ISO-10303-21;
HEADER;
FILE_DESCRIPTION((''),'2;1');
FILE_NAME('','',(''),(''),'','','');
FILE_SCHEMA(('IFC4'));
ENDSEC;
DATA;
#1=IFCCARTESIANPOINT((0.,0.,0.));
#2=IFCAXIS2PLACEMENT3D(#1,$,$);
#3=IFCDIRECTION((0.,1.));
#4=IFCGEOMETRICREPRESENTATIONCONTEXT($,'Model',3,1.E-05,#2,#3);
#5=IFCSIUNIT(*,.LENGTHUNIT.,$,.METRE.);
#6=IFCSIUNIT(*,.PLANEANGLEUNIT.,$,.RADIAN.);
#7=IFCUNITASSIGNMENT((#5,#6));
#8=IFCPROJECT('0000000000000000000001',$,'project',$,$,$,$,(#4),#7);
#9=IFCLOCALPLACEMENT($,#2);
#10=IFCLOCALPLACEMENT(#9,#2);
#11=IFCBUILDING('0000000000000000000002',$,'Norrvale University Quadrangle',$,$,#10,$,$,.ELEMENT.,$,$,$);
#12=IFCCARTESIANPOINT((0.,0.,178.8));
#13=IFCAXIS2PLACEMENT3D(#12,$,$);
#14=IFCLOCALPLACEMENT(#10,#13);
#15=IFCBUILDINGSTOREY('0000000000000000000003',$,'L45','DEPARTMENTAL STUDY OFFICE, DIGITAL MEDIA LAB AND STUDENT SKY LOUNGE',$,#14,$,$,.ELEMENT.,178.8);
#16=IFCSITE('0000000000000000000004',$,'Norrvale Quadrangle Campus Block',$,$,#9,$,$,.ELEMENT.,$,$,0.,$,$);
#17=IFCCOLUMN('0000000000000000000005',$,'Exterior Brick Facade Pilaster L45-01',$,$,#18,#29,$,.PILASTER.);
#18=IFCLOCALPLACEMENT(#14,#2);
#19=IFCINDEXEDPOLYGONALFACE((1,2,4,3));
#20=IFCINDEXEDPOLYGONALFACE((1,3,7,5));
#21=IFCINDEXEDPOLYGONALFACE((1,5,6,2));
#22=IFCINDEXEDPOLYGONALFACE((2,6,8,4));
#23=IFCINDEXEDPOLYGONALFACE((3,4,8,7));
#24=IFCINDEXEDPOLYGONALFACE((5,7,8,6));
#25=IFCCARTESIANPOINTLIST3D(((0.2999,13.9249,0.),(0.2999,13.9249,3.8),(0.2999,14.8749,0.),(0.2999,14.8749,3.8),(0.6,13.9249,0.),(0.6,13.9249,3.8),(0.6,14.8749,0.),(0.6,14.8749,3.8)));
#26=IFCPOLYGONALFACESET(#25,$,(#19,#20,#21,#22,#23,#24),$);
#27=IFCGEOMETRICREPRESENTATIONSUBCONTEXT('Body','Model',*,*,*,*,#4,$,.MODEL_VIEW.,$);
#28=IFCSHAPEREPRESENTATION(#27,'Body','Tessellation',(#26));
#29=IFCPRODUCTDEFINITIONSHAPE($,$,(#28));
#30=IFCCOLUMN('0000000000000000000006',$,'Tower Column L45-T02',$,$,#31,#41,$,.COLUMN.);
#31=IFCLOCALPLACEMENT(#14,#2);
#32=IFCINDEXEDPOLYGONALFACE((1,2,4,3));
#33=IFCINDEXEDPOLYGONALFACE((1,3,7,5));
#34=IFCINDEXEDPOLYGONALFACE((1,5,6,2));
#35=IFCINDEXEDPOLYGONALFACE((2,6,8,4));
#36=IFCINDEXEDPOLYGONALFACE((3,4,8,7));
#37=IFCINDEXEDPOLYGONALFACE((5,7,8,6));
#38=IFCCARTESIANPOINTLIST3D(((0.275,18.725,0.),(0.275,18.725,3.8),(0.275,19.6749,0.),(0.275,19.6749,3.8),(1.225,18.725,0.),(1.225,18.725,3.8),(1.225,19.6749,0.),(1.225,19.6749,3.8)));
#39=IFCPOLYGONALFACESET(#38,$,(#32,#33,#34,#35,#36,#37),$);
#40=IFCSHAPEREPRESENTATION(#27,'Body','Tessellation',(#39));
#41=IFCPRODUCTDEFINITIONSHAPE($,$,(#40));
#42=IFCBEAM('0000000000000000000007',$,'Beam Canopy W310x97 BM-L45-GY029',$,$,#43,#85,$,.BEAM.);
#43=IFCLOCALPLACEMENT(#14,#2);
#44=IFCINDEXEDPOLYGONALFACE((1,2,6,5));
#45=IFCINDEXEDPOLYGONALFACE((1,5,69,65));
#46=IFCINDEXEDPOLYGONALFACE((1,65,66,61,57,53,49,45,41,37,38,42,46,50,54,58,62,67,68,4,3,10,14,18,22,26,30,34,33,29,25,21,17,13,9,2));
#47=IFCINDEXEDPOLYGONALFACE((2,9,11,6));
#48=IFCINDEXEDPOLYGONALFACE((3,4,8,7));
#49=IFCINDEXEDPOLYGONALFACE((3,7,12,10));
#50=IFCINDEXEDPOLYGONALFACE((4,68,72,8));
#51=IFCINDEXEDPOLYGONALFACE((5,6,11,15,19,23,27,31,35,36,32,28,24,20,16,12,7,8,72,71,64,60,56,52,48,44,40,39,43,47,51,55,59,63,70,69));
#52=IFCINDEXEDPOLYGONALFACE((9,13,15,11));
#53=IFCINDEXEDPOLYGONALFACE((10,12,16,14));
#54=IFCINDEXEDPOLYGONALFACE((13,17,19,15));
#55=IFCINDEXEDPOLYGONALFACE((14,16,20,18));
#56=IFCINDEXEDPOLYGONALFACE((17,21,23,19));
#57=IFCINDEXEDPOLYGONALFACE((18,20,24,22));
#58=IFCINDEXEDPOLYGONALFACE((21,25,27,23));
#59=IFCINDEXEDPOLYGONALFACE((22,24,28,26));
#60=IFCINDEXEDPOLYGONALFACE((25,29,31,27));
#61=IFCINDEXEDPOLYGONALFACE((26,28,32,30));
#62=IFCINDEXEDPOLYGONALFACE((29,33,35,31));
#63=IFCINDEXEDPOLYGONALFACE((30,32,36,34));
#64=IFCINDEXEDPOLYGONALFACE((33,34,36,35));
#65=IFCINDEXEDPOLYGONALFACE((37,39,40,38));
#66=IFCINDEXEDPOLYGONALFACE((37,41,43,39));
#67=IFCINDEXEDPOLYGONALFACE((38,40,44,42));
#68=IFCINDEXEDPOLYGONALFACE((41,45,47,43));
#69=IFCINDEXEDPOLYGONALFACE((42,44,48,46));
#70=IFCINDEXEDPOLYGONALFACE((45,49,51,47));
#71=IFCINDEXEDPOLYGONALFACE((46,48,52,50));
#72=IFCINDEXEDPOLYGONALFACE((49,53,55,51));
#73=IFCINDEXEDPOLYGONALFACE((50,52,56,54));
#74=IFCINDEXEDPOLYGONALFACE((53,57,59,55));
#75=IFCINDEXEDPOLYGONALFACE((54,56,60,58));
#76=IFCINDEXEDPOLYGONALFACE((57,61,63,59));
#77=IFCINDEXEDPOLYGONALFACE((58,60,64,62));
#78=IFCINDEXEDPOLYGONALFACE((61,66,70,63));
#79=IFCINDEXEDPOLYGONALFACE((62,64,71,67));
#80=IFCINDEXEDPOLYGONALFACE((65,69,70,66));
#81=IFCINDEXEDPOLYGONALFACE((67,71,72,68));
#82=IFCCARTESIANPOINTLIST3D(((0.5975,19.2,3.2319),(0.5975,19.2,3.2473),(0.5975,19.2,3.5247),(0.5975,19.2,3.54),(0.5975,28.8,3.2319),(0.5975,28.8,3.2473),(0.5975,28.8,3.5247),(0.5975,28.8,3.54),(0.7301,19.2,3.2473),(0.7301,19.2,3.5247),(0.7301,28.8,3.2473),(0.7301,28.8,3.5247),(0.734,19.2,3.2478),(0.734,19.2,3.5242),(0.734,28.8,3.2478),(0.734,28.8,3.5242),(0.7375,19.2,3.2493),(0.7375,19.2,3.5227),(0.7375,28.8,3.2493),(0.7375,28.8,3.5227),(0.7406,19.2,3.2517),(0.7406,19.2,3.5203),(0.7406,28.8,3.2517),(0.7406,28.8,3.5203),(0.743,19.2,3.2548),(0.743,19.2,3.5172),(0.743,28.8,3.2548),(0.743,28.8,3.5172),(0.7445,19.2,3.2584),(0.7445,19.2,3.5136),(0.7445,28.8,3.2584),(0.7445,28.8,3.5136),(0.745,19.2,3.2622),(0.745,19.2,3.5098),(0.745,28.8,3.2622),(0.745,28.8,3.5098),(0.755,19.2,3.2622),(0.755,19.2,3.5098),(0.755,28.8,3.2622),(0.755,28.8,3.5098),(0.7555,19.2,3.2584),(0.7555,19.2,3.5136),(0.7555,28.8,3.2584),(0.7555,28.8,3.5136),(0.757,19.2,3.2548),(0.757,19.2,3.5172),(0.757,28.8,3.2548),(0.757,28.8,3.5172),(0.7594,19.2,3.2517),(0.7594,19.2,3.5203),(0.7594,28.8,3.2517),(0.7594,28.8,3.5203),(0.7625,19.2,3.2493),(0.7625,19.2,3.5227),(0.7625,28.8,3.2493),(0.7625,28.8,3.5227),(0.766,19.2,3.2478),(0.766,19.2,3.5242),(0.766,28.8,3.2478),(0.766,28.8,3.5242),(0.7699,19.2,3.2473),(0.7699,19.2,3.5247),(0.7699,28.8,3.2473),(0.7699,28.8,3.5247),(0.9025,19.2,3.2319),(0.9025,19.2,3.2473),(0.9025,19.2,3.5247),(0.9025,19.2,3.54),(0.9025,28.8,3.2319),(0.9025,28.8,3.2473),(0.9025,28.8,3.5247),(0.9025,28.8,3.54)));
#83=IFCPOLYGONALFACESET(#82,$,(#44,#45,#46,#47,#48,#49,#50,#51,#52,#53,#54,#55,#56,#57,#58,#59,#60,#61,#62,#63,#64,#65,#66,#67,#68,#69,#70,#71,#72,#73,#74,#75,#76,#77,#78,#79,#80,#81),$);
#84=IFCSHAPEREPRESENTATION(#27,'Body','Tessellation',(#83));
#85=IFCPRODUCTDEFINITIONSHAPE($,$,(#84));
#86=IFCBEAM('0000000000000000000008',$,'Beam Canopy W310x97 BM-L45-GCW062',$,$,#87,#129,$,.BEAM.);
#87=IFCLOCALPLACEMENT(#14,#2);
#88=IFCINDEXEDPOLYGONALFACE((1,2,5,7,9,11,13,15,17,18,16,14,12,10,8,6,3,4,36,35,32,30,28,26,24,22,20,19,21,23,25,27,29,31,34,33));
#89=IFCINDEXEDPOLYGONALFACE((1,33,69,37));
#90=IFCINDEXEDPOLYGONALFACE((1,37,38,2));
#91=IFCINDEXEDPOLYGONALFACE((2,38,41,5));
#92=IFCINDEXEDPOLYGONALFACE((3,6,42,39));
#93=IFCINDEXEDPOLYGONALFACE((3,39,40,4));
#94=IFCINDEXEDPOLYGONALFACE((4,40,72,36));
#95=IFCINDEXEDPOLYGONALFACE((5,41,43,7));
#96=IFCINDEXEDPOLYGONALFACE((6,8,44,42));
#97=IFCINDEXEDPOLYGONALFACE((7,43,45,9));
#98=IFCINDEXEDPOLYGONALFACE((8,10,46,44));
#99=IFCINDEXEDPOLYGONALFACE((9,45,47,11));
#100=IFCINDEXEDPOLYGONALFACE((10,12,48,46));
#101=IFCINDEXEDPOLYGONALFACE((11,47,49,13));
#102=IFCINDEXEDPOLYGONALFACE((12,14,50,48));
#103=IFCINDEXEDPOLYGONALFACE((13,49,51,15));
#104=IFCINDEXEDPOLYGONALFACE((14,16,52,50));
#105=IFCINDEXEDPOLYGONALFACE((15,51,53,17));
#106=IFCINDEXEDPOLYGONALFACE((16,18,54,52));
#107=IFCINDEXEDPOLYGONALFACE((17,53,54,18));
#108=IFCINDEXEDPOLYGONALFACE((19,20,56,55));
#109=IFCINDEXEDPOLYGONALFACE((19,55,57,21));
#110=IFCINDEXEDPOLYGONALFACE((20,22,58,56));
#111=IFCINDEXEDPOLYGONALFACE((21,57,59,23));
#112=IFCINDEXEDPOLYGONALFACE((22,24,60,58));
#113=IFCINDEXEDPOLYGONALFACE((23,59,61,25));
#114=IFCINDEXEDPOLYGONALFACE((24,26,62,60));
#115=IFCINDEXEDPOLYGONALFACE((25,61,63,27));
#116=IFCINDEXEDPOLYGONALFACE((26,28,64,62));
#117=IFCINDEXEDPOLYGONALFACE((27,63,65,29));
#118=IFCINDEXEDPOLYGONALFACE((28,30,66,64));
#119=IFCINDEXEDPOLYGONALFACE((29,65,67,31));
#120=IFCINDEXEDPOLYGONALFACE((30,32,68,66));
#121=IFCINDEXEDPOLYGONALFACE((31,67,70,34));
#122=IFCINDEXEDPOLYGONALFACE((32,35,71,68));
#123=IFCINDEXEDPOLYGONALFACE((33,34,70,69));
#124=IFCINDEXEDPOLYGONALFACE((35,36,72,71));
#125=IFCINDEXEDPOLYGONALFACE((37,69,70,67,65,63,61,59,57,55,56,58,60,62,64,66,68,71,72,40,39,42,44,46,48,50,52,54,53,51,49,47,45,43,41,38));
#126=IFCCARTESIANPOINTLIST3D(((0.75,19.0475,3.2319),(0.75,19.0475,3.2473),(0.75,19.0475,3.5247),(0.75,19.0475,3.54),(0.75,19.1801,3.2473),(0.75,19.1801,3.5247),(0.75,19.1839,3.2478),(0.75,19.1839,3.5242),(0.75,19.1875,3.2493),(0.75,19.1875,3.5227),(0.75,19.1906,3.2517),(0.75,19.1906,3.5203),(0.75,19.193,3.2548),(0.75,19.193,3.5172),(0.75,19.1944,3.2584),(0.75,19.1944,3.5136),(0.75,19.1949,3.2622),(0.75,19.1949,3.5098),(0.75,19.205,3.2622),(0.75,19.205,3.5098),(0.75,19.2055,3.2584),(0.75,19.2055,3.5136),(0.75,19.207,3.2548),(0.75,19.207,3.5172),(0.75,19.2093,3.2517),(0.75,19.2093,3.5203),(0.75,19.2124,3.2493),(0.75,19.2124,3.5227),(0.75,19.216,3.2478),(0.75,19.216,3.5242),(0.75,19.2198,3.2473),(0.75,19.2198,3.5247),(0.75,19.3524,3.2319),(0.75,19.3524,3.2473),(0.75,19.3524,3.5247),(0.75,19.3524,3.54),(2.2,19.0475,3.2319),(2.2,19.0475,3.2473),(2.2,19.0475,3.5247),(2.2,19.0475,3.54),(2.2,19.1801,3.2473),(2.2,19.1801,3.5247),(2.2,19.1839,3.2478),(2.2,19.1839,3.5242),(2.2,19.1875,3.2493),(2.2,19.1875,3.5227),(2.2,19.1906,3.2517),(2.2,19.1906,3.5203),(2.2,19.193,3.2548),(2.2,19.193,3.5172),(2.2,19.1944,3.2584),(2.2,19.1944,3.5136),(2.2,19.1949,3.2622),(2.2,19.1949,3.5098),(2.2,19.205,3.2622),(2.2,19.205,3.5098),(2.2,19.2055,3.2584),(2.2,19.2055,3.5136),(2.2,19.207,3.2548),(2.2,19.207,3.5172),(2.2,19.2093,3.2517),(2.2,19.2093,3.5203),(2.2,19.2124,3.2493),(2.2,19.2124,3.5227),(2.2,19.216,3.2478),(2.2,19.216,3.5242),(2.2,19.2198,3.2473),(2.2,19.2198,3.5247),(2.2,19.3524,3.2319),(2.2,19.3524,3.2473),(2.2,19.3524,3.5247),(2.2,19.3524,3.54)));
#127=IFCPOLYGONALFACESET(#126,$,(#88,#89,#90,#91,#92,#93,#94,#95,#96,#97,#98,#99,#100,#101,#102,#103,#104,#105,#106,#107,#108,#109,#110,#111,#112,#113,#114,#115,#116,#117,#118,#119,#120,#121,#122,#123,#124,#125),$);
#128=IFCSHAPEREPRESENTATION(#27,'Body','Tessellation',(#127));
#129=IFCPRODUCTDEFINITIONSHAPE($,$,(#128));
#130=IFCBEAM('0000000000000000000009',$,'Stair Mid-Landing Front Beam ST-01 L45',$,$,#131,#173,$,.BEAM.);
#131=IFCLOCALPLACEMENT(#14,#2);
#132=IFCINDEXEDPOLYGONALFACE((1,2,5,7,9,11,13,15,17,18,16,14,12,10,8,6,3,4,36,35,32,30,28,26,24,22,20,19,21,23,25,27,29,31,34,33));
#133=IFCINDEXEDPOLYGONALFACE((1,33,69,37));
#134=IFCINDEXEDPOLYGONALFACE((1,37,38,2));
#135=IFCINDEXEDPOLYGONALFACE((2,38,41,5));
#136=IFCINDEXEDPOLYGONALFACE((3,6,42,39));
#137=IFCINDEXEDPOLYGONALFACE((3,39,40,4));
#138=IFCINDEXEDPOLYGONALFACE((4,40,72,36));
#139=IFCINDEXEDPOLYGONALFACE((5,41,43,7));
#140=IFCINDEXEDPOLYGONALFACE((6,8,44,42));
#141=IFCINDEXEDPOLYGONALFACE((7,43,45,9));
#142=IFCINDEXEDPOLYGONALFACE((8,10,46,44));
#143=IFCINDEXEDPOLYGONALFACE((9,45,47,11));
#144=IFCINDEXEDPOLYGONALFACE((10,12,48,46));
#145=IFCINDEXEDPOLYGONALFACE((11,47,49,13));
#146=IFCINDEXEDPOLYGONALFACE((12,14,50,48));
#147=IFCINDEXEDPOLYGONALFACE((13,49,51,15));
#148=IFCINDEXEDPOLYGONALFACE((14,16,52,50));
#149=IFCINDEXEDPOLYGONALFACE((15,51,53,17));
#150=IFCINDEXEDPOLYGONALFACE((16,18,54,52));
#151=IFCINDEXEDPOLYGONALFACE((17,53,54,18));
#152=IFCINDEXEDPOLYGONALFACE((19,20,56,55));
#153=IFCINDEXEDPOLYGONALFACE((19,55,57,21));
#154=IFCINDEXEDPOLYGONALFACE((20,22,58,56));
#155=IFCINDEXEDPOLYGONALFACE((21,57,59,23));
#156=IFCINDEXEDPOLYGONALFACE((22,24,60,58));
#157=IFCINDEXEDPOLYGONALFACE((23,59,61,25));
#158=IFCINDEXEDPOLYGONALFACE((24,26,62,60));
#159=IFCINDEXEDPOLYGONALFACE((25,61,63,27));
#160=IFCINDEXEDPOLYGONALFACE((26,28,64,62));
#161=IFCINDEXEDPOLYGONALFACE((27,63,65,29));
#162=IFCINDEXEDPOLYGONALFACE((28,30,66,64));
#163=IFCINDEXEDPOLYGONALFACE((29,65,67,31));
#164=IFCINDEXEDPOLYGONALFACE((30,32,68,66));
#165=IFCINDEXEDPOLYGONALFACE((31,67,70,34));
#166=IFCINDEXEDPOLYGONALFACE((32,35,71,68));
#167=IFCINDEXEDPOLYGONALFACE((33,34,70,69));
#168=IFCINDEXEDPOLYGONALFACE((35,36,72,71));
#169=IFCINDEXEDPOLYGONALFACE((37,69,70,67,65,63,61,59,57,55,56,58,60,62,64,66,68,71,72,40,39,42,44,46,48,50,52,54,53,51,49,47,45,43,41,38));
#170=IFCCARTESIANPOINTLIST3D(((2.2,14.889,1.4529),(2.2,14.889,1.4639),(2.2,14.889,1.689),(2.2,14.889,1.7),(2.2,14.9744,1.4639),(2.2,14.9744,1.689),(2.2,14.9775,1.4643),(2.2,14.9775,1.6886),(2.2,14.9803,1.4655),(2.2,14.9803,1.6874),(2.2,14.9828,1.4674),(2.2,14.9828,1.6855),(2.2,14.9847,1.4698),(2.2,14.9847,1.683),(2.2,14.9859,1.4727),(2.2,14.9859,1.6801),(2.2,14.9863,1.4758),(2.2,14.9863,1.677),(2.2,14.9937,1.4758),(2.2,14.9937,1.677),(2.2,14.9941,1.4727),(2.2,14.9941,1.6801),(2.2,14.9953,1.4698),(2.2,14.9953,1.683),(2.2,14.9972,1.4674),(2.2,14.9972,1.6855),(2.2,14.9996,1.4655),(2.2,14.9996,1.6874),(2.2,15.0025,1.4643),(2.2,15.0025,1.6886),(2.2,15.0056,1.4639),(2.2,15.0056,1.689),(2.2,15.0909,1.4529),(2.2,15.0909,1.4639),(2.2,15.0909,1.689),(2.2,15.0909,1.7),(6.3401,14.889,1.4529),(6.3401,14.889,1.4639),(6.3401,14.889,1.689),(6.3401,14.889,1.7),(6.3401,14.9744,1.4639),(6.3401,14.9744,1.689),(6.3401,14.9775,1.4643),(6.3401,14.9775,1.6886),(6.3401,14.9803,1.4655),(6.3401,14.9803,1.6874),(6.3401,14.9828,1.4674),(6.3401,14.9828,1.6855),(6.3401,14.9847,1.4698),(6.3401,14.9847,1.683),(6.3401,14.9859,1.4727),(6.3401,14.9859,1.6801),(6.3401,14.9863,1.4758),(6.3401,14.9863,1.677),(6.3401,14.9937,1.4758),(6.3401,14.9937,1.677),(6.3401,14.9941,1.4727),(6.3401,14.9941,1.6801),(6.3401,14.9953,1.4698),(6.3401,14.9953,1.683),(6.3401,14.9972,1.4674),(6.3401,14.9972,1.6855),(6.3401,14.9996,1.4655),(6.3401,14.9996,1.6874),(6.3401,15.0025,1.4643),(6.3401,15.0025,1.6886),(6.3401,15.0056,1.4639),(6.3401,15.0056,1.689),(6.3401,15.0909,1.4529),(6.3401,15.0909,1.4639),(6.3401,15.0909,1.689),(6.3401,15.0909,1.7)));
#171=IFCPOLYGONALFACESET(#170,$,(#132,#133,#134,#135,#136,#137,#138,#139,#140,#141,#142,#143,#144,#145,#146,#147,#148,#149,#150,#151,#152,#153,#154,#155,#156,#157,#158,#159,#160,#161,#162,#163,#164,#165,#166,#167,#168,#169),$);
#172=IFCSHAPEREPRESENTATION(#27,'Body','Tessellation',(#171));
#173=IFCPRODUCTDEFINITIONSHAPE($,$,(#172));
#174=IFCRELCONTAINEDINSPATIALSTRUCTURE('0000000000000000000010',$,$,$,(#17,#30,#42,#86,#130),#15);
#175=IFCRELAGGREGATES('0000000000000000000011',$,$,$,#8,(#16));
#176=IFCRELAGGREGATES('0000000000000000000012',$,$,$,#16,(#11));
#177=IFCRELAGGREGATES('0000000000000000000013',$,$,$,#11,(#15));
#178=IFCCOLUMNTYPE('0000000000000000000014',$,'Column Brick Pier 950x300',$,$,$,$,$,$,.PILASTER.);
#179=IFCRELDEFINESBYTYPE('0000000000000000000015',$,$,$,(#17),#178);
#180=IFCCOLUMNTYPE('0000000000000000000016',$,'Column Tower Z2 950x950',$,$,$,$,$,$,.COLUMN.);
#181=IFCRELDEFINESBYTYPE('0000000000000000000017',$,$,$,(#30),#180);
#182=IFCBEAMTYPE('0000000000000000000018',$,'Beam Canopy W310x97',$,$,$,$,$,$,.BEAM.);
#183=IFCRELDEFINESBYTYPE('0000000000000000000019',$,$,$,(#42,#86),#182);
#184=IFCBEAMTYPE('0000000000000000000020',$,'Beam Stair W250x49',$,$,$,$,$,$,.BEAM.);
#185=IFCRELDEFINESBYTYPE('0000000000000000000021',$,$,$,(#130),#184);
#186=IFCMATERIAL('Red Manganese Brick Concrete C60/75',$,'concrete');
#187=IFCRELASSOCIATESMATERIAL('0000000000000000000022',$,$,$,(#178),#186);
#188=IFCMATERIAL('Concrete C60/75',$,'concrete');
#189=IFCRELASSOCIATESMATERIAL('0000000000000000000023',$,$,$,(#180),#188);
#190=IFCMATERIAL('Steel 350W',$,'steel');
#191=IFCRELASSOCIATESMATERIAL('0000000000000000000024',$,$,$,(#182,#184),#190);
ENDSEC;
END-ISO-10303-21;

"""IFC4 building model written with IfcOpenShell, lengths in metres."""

from ifc_helpers import new_model, si_unit, direction, frame, origin, origin_2d, place, context, subcontext, project, spatial, rectangle, i_section, extrude, material, material_profile, profile_set, type_object, element, save


model = new_model("IFC4")

# Units and contexts
model_context = context("Model", 3, precision=1e-05, world=origin(), true_north=direction((0.0, 1.0)))
body_context = subcontext(model_context, "Body", "Model", "MODEL_VIEW")
ifc_project = project(units=[si_unit("LENGTHUNIT", "METRE"), si_unit("PLANEANGLEUNIT", "RADIAN")], contexts=[model_context])

# Site, building, storey
site_placement = place(None, origin())
site = spatial("IfcSite", under=ifc_project, at=site_placement, Name="Norrvale Quadrangle Campus Block", CompositionType="ELEMENT", RefElevation=0.0)
building_placement = place(site_placement, origin())
building = spatial("IfcBuilding", under=site, at=building_placement, Name="Norrvale University Quadrangle", CompositionType="ELEMENT")
storey_placement = place(building_placement, frame((0.0, 0.0, 178.8)))
storey = spatial("IfcBuildingStorey", under=building, at=storey_placement, Name="L45", Description="DEPARTMENTAL STUDY OFFICE, DIGITAL MEDIA LAB AND STUDENT SKY LOUNGE", CompositionType="ELEMENT", Elevation=178.8)

# Columns
ifc_material_1 = material(Name="Red Manganese Brick Concrete C60/75", Category="concrete")
ifc_material_profile_1 = material_profile(ifc_material_1, rectangle(XDim=0.95, YDim=0.3, at=origin_2d()), Name="Red Manganese Brick Concrete C60/75")
ifc_profile_set_1 = profile_set([ifc_material_profile_1], Name="Red Manganese Brick Concrete C60/75")
column_type_1 = type_object("IfcColumnType", Name="Column Brick Pier 950x300", PredefinedType="PILASTER", material=ifc_profile_set_1)
column_1_placement = place(storey_placement, frame((0.45, 14.3999, 0.0), z_axis=(0.0, 0.0, 1.0), x_axis=(0.0, 1.0, 0.0)))
element("IfcColumn", 1, at=column_1_placement, inside=storey, type_object=column_type_1, Name="Exterior Brick Facade Pilaster L45-01", PredefinedType="PILASTER", context=body_context, shape_type="SweptSolid", body=[
    extrude(rectangle(XDim=0.95, YDim=0.3, at=origin_2d()), origin(), (0.0, 0.0, 1.0), 3.8),
])
ifc_material_2 = material(Name="Concrete C60/75", Category="concrete")
ifc_material_profile_2 = material_profile(ifc_material_2, rectangle(XDim=0.95, YDim=0.95, at=origin_2d()), Name="Concrete C60/75")
ifc_profile_set_2 = profile_set([ifc_material_profile_2], Name="Concrete C60/75")
column_type_2 = type_object("IfcColumnType", Name="Column Tower Z2 950x950", PredefinedType="COLUMN", material=ifc_profile_set_2)
column_2_placement = place(storey_placement, frame((0.75, 19.2, 0.0), z_axis=(0.0, 0.0, 1.0), x_axis=(1.0, 0.0, 0.0)))
element("IfcColumn", 2, at=column_2_placement, inside=storey, type_object=column_type_2, Name="Tower Column L45-T02", PredefinedType="COLUMN", context=body_context, shape_type="SweptSolid", body=[
    extrude(rectangle(XDim=0.95, YDim=0.95, at=origin_2d()), origin(), (0.0, 0.0, 1.0), 3.8),
])

# Beams
ifc_material_3 = material(Name="Steel 350W", Category="steel")
ifc_material_profile_3 = material_profile(ifc_material_3, i_section(OverallWidth=0.3049, OverallDepth=0.3081, WebThickness=0.01, FlangeThickness=0.0154, FilletRadius=0.0149, at=origin_2d()), Name="Steel 350W")
ifc_profile_set_3 = profile_set([ifc_material_profile_3], Name="Steel 350W")
beam_type_1 = type_object("IfcBeamType", Name="Beam Canopy W310x97", PredefinedType="BEAM", material=ifc_profile_set_3)
beam_1_placement = place(storey_placement, frame((0.75, 19.2, 3.386), z_axis=(0.0, 1.0, 0.0), x_axis=(-1.0, 0.0, 0.0)))
element("IfcBeam", 3, at=beam_1_placement, inside=storey, type_object=beam_type_1, Name="Beam Canopy W310x97 BM-L45-GY029", PredefinedType="BEAM", context=body_context, shape_type="SweptSolid", body=[
    extrude(i_section(OverallWidth=0.3049, OverallDepth=0.3081, WebThickness=0.01, FlangeThickness=0.0154, FilletRadius=0.0149, at=origin_2d()), origin(), (0.0, 0.0, 1.0), 9.6001),
])
beam_2_placement = place(storey_placement, frame((0.75, 19.2, 3.386), z_axis=(1.0, 0.0, 0.0), x_axis=(0.0, 1.0, 0.0)))
element("IfcBeam", 4, at=beam_2_placement, inside=storey, type_object=beam_type_1, Name="Beam Canopy W310x97 BM-L45-GCW062", PredefinedType="BEAM", context=body_context, shape_type="SweptSolid", body=[
    extrude(i_section(OverallWidth=0.3049, OverallDepth=0.3081, WebThickness=0.01, FlangeThickness=0.0154, FilletRadius=0.0149, at=origin_2d()), origin(), (0.0, 0.0, 1.0), 1.45),
])
ifc_material_profile_4 = material_profile(ifc_material_3, i_section(OverallWidth=0.2019, OverallDepth=0.2471, WebThickness=0.0073, FlangeThickness=0.011, FilletRadius=0.012, at=origin_2d()), Name="Steel 350W")
ifc_profile_set_4 = profile_set([ifc_material_profile_4], Name="Steel 350W")
beam_type_2 = type_object("IfcBeamType", Name="Beam Stair W250x49", PredefinedType="BEAM", material=ifc_profile_set_4)
for number, where, z_axis, x_axis, name in (
    (5, (2.2, 14.99, 1.5764), (1.0, 0.0, 0.0), (0.0, 1.0, 0.0), "Stair Mid-Landing Front Beam ST-01 L45"),
):
    element("IfcBeam", number, at=place(storey_placement, frame(where, z_axis=z_axis, x_axis=x_axis)), inside=storey, type_object=beam_type_2, Name=name, PredefinedType="BEAM", context=body_context, shape_type="SweptSolid", body=[
        extrude(i_section(OverallWidth=0.2019, OverallDepth=0.2471, WebThickness=0.0073, FlangeThickness=0.011, FilletRadius=0.012, at=origin_2d()), origin(), (0.0, 0.0, 1.0), 4.1401),
    ])

save(model, "model.ifc")
